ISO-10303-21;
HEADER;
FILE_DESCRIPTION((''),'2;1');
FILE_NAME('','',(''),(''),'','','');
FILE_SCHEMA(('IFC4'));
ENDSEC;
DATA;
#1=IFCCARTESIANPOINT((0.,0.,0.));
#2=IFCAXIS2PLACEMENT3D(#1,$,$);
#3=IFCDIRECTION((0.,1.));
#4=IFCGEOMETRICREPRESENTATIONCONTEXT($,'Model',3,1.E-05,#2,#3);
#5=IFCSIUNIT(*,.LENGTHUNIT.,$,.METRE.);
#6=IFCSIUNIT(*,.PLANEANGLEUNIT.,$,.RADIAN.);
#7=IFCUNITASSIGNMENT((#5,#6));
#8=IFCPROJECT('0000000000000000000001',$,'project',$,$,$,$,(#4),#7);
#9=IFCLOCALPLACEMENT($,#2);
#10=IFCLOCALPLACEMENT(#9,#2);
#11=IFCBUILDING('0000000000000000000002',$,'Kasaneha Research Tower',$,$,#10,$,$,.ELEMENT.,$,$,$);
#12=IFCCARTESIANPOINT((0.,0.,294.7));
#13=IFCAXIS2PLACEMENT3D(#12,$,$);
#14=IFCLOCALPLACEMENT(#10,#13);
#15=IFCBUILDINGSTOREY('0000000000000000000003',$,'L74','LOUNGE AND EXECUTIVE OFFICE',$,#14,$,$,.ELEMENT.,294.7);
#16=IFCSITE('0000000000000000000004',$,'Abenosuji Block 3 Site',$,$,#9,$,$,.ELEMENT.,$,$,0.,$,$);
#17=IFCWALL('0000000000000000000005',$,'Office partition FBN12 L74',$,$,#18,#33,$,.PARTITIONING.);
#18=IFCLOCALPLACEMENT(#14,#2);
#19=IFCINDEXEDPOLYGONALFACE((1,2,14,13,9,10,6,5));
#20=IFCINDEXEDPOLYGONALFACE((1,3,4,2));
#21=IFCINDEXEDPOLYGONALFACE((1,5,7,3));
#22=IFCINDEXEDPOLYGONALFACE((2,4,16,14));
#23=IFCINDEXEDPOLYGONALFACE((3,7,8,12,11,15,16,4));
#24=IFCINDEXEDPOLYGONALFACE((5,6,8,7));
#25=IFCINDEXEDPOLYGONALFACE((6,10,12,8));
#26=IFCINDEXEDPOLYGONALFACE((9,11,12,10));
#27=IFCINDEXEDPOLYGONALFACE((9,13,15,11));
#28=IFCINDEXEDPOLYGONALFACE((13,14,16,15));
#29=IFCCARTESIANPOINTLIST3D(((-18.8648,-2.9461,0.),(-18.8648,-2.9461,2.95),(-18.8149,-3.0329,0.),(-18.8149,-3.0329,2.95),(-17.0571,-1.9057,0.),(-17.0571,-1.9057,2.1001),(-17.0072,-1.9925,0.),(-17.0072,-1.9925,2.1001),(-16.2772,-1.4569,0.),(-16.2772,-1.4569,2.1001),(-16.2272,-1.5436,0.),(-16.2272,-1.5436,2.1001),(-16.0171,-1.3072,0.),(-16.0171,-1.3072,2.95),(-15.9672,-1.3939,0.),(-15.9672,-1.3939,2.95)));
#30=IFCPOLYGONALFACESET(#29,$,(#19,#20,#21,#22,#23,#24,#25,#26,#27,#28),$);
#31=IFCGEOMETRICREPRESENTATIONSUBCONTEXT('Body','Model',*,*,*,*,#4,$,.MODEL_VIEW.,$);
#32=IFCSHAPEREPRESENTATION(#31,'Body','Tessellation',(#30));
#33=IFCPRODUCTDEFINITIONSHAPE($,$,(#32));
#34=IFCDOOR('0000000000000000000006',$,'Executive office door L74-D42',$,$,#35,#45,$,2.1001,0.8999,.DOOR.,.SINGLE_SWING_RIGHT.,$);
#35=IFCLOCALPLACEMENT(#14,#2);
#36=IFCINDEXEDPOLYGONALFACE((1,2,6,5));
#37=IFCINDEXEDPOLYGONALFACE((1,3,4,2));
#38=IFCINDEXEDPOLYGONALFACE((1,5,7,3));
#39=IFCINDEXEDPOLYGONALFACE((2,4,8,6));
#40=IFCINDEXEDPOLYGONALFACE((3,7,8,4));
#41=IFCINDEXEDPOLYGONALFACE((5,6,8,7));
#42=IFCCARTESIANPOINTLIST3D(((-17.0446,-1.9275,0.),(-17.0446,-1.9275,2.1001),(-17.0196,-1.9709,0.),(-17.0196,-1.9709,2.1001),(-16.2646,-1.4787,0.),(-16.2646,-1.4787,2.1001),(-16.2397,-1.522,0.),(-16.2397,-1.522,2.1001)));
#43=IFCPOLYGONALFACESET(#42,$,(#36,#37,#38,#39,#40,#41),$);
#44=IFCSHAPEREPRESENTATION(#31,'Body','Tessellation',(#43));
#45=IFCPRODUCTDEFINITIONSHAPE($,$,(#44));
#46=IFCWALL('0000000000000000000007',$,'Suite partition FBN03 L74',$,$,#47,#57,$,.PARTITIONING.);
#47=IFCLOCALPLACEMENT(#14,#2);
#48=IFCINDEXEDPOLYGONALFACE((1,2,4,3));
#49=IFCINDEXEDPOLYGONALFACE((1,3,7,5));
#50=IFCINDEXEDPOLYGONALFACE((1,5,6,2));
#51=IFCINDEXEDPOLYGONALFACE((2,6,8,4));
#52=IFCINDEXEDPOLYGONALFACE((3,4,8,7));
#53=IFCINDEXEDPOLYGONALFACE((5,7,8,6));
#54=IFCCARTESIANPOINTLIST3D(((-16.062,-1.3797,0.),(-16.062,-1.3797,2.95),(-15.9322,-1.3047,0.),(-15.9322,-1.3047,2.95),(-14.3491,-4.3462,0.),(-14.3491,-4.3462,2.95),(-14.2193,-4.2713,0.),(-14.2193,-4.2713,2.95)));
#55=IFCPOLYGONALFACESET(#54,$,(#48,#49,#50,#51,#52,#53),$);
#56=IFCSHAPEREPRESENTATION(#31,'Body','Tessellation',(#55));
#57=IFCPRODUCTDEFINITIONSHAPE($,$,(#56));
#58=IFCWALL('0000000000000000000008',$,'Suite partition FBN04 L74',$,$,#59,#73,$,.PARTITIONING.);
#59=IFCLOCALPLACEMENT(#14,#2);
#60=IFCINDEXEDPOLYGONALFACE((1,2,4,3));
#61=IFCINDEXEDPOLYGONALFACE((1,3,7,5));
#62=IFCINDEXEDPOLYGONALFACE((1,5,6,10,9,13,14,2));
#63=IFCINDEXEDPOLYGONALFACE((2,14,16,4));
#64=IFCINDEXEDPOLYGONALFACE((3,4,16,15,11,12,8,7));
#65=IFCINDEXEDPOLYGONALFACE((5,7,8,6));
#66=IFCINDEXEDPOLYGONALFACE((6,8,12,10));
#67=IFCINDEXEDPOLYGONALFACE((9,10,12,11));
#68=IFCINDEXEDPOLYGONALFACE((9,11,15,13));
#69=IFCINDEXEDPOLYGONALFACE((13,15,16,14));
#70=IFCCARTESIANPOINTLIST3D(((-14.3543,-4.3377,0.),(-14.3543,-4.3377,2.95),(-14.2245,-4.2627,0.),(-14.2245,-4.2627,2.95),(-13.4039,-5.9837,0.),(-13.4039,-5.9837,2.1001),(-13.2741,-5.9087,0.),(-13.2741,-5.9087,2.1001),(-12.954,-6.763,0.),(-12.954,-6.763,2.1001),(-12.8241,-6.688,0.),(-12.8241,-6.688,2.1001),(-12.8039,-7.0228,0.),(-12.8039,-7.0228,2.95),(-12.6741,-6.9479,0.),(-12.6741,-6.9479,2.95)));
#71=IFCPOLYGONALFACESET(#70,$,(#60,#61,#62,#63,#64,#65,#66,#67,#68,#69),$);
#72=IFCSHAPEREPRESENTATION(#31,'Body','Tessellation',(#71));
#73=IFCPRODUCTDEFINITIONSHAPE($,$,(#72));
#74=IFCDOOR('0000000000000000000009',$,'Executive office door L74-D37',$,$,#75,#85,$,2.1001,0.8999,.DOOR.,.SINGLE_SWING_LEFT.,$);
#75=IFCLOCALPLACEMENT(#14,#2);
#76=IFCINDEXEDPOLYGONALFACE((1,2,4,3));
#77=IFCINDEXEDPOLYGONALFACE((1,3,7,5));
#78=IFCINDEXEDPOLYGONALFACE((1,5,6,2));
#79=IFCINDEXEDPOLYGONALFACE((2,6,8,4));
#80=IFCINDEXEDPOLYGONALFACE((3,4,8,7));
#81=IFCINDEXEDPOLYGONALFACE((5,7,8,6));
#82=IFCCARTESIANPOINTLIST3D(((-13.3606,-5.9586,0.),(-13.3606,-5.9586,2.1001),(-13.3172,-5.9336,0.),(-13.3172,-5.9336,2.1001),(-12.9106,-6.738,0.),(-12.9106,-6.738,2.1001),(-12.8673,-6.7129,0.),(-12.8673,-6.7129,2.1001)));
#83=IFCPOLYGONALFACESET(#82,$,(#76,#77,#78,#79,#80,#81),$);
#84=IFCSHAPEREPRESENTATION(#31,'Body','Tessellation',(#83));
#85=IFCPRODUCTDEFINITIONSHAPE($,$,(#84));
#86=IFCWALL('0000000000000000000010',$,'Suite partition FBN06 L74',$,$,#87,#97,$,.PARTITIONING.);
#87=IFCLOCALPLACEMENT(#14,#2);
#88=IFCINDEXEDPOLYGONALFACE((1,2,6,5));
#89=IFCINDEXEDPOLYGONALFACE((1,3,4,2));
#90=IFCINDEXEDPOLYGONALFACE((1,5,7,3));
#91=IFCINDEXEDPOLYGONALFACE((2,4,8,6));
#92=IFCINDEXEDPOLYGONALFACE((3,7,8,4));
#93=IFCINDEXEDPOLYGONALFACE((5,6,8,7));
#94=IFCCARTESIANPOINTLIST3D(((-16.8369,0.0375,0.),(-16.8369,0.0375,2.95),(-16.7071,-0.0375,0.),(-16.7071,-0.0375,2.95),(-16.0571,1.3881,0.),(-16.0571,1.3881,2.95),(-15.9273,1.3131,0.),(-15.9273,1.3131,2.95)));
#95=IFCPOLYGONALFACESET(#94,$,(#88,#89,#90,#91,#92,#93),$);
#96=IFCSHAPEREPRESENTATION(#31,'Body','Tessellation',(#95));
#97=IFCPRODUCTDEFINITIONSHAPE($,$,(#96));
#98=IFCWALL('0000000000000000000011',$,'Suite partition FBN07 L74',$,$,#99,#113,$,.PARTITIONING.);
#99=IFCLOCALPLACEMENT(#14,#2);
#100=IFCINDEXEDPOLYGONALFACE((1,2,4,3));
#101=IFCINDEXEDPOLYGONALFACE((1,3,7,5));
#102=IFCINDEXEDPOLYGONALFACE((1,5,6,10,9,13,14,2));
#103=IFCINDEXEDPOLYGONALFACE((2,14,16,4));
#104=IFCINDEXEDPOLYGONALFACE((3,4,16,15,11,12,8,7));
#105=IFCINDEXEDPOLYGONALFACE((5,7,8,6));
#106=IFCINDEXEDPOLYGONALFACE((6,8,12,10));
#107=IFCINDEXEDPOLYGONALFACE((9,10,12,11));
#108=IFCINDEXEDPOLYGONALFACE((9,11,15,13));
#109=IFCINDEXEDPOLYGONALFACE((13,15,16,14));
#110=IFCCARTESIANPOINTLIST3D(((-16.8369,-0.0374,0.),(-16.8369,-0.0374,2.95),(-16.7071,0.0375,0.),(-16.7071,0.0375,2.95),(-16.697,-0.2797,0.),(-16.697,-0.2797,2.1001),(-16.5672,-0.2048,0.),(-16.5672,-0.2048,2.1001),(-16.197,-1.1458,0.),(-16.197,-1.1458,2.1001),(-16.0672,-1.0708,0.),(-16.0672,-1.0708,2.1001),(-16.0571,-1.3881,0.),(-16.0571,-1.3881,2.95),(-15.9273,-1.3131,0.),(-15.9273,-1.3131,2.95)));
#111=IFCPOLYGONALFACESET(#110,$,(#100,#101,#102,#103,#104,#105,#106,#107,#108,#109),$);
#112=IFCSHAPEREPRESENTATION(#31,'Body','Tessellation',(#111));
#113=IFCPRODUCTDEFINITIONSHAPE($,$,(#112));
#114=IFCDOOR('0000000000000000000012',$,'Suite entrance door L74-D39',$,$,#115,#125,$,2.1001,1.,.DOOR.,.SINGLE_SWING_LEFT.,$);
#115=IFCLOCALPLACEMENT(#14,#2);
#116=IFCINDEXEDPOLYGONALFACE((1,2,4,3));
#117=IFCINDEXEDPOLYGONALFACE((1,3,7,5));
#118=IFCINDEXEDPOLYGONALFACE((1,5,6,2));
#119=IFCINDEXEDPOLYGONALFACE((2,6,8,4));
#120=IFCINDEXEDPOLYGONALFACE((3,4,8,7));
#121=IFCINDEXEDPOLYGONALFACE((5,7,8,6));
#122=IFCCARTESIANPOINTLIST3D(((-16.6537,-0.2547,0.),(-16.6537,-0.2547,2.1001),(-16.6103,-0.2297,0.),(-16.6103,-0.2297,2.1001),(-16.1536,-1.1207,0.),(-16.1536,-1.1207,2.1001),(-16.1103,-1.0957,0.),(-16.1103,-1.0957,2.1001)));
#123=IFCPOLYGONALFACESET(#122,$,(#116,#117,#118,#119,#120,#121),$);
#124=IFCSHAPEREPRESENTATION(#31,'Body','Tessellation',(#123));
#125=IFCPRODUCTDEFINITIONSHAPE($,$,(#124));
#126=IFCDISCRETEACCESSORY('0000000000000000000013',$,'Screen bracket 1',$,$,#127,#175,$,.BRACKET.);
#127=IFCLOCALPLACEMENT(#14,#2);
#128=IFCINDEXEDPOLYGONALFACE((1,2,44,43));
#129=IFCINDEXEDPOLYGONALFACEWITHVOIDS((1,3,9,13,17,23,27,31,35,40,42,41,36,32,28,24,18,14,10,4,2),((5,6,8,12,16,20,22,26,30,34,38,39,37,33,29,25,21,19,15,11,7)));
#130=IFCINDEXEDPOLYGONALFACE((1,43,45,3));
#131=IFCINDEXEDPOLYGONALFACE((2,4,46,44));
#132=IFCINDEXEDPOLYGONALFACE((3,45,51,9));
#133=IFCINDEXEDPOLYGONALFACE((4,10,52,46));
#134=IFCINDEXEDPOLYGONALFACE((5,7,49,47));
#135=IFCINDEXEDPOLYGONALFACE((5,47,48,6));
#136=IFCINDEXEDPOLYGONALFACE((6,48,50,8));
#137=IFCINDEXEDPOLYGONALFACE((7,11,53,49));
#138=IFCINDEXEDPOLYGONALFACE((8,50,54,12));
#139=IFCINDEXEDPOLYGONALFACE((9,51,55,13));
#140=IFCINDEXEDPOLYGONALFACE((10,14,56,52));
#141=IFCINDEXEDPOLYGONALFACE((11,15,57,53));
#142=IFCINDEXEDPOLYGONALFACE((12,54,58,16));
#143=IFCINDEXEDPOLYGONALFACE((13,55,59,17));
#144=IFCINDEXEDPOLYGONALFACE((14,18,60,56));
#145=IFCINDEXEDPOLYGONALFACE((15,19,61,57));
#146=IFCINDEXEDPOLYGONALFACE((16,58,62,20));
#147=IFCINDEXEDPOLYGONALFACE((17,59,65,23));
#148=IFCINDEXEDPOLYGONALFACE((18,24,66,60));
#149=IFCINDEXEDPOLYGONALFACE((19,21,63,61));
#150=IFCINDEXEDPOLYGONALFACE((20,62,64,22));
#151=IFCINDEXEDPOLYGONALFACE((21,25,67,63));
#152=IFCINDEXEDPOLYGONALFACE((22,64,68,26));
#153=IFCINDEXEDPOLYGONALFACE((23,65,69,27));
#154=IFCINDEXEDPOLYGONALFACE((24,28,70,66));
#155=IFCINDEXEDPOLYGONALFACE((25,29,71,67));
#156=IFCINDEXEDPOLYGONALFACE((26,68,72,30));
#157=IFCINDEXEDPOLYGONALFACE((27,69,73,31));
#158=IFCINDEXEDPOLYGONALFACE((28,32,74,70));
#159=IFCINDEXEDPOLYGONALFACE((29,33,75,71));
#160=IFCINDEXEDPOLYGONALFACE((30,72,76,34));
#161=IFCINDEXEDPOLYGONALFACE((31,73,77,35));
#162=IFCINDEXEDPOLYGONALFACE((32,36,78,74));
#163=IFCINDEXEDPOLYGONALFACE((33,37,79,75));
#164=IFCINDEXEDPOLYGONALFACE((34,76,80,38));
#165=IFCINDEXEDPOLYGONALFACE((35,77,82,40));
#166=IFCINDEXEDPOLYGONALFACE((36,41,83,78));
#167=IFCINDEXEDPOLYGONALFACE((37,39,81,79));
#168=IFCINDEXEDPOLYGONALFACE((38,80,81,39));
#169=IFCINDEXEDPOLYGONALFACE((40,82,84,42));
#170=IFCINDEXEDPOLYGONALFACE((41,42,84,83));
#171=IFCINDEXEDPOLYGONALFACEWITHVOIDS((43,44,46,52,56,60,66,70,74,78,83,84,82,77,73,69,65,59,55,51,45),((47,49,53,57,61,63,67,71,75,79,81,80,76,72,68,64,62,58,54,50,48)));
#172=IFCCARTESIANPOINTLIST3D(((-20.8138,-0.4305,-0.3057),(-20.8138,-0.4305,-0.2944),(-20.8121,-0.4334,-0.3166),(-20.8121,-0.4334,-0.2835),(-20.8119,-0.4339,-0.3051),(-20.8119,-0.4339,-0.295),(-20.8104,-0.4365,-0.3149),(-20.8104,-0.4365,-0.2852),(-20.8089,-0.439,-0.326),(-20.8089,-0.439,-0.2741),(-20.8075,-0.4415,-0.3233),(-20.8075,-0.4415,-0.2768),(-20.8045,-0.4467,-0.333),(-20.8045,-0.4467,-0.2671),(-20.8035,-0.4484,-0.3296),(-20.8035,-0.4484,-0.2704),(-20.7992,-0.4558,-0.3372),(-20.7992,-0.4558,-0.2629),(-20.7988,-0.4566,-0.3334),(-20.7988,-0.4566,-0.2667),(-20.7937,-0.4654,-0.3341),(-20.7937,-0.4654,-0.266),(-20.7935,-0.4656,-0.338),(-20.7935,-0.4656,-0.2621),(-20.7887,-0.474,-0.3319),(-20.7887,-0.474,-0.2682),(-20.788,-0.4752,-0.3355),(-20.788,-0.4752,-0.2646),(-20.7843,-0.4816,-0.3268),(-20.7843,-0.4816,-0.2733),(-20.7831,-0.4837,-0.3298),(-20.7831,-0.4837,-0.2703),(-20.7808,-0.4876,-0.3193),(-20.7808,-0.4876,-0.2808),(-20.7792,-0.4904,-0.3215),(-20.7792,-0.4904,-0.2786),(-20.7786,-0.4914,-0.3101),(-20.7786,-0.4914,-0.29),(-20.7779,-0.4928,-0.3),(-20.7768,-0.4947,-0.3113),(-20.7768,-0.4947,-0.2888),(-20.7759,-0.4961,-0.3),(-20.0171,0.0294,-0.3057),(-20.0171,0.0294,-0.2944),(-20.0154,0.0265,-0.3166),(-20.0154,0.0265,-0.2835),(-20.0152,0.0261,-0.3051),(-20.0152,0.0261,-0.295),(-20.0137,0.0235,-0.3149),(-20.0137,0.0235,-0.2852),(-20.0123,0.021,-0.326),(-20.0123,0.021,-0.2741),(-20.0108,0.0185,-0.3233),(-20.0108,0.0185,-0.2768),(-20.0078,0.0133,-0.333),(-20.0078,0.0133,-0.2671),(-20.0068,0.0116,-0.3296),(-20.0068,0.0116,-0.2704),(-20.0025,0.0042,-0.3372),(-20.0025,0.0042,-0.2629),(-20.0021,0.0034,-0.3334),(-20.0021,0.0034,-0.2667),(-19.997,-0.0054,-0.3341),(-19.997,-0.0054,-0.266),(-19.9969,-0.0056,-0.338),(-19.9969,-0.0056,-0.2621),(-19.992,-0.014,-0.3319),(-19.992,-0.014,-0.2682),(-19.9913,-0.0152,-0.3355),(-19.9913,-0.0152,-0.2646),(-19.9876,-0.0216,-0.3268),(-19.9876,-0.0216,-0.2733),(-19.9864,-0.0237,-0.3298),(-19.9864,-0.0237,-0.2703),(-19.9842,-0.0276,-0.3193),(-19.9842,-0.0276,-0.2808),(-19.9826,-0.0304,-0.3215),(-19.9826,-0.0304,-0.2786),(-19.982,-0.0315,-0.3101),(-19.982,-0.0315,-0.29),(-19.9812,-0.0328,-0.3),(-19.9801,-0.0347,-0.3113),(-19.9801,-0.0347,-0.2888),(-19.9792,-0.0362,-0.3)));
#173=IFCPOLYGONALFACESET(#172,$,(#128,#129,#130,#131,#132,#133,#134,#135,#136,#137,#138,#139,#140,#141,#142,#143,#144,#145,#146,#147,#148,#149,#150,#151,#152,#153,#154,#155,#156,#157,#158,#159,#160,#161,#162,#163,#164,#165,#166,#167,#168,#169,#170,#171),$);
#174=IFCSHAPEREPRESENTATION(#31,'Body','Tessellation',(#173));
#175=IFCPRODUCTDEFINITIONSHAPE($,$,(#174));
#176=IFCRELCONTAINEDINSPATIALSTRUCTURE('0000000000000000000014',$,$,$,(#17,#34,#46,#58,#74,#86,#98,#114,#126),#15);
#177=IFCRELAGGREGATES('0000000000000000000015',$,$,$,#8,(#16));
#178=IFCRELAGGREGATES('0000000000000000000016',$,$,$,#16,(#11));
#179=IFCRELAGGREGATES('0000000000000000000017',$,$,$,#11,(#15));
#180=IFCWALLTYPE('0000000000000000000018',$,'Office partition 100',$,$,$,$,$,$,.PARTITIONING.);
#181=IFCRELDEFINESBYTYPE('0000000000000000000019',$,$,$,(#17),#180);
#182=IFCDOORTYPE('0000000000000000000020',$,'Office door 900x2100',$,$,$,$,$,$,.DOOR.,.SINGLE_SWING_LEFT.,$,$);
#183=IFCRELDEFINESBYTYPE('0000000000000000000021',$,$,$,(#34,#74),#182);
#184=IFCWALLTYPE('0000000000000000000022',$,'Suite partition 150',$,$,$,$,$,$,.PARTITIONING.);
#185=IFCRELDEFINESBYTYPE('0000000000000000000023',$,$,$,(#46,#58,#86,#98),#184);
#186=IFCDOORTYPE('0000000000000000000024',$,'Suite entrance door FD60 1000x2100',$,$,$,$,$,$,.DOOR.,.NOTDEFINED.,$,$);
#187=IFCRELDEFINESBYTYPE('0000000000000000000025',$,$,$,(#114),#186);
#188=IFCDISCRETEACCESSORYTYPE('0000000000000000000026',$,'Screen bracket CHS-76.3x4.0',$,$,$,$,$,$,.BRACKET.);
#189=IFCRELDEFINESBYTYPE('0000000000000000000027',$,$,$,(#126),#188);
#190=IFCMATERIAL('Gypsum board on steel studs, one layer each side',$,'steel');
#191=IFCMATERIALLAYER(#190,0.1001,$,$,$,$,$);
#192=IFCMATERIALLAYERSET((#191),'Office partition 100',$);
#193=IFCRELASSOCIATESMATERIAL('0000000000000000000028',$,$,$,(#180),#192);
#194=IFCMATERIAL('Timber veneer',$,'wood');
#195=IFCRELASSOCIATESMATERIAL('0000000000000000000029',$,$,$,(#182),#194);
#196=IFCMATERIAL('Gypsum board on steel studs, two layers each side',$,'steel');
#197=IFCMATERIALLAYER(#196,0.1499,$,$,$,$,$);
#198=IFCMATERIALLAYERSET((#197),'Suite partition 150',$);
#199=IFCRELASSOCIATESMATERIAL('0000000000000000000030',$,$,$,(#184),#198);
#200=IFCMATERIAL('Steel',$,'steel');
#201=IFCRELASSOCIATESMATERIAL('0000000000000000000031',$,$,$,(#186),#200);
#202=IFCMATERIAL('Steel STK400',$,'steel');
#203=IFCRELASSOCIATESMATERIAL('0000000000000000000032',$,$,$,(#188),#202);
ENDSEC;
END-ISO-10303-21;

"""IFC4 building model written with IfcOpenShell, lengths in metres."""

from ifc_helpers import new_model, si_unit, direction, frame, frame_2d, origin, origin_2d, place, context, subcontext, project, spatial, rectangle, hollow_circle, extrude, material, layer, layer_set, material_profile, profile_set, type_object, element, fill, save


model = new_model("IFC4")

# Units and contexts
model_context = context("Model", 3, precision=1e-05, world=origin(), true_north=direction((0.0, 1.0)))
body_context = subcontext(model_context, "Body", "Model", "MODEL_VIEW")
ifc_project = project(units=[si_unit("LENGTHUNIT", "METRE"), si_unit("PLANEANGLEUNIT", "RADIAN")], contexts=[model_context])

# Site, building, storey
site_placement = place(None, origin())
site = spatial("IfcSite", under=ifc_project, at=site_placement, Name="Abenosuji Block 3 Site", CompositionType="ELEMENT", RefElevation=0.0)
building_placement = place(site_placement, origin())
building = spatial("IfcBuilding", under=site, at=building_placement, Name="Kasaneha Research Tower", CompositionType="ELEMENT")
storey_placement = place(building_placement, frame((0.0, 0.0, 294.7)))
storey = spatial("IfcBuildingStorey", under=building, at=storey_placement, Name="L74", Description="LOUNGE AND EXECUTIVE OFFICE", CompositionType="ELEMENT", Elevation=294.7)

# Shared definitions
ifc_material_1 = material(Name="Gypsum board on steel studs, one layer each side", Category="steel")
ifc_layer_1 = layer(ifc_material_1, 0.1001)
ifc_layer_set_1 = layer_set([ifc_layer_1], Name="Office partition 100")
wall_type_1 = type_object("IfcWallType", Name="Office partition 100", PredefinedType="PARTITIONING", material=ifc_layer_set_1)

# Wall, opening, door
wall_1_placement = place(storey_placement, frame((-18.8398, -2.9895, 0.0), z_axis=(0.0, 0.0, 1.0), x_axis=(0.866707, 0.498817, 0.0)))
wall_1 = element("IfcWall", 1, at=wall_1_placement, inside=storey, type_object=wall_type_1, Name="Office partition FBN12 L74", PredefinedType="PARTITIONING", context=body_context, shape_type="SweptSolid", body=[
    extrude(rectangle(XDim=3.2856, YDim=0.1001, at=frame_2d((1.6428, 0.0))), origin(), (0.0, 0.0, 1.0), 2.95),
])
opening_1_placement = place(wall_1_placement, frame((2.0857, 0.0, 0.0)))
opening_1 = element("IfcOpeningElement", 2, at=opening_1_placement, cuts=wall_1, PredefinedType="OPENING", context=body_context, shape_type="SweptSolid", body=[
    extrude(rectangle(XDim=0.8999, YDim=2.1001, at=frame_2d((0.45, 1.05))), frame((0.0, 0.0601, 0.0), z_axis=(0.0, -1.0, 0.0), x_axis=(1.0, 0.0, 0.0)), (0.0, 0.0, 1.0), 0.1201),
])
ifc_material_2 = material(Name="Timber veneer", Category="wood")
door_type_1 = type_object("IfcDoorType", Name="Office door 900x2100", OperationType="SINGLE_SWING_LEFT", PredefinedType="DOOR", material=ifc_material_2)
door_1_placement = place(opening_1_placement, origin())
door_1 = element("IfcDoor", 3, at=door_1_placement, inside=storey, type_object=door_type_1, Name="Executive office door L74-D42", OperationType="SINGLE_SWING_RIGHT", OverallHeight=2.1001, OverallWidth=0.8999, PredefinedType="DOOR", context=body_context, shape_type="SweptSolid", body=[
    extrude(rectangle(XDim=0.8999, YDim=2.1001, at=frame_2d((0.45, 1.05))), frame((0.0, 0.0249, 0.0), z_axis=(0.0, -1.0, 0.0), x_axis=(1.0, 0.0, 0.0)), (0.0, 0.0, 1.0), 0.05),
])
fill(opening_1, door_1)

# Wall
ifc_material_3 = material(Name="Gypsum board on steel studs, two layers each side", Category="steel")
ifc_layer_2 = layer(ifc_material_3, 0.1499)
ifc_layer_set_2 = layer_set([ifc_layer_2], Name="Suite partition 150")
wall_type_2 = type_object("IfcWallType", Name="Suite partition 150", PredefinedType="PARTITIONING", material=ifc_layer_set_2)
wall_2_placement = place(storey_placement, frame((-14.2842, -4.3088, 0.0), z_axis=(0.0, 0.0, 1.0), x_axis=(-0.500033, 0.866006, 0.0)))
element("IfcWall", 4, at=wall_2_placement, inside=storey, type_object=wall_type_2, Name="Suite partition FBN03 L74", PredefinedType="PARTITIONING", context=body_context, shape_type="SweptSolid", body=[
    extrude(rectangle(XDim=3.4255, YDim=0.1499, at=frame_2d((1.7129, 0.0))), origin(), (0.0, 0.0, 1.0), 2.95),
])

# Wall, opening, door
wall_3_placement = place(storey_placement, frame((-12.739, -6.9854, 0.0), z_axis=(0.0, 0.0, 1.0), x_axis=(-0.500018, 0.866015, 0.0)))
wall_3 = element("IfcWall", 5, at=wall_3_placement, inside=storey, type_object=wall_type_2, Name="Suite partition FBN04 L74", PredefinedType="PARTITIONING", context=body_context, shape_type="SweptSolid", body=[
    extrude(rectangle(XDim=3.1006, YDim=0.1499, at=frame_2d((1.5503, 0.0))), origin(), (0.0, 0.0, 1.0), 2.95),
])
opening_2_placement = place(wall_3_placement, frame((0.3, 0.0, 0.0)))
opening_2 = element("IfcOpeningElement", 6, at=opening_2_placement, cuts=wall_3, PredefinedType="OPENING", context=body_context, shape_type="SweptSolid", body=[
    extrude(rectangle(XDim=0.8999, YDim=2.1001, at=frame_2d((0.45, 1.05))), frame((0.0, 0.085, 0.0), z_axis=(0.0, -1.0, 0.0), x_axis=(1.0, 0.0, 0.0)), (0.0, 0.0, 1.0), 0.1699),
])
door_2_placement = place(opening_2_placement, origin())
door_2 = element("IfcDoor", 7, at=door_2_placement, inside=storey, type_object=door_type_1, Name="Executive office door L74-D37", OperationType="SINGLE_SWING_LEFT", OverallHeight=2.1001, OverallWidth=0.8999, PredefinedType="DOOR", context=body_context, shape_type="SweptSolid", body=[
    extrude(rectangle(XDim=0.8999, YDim=2.1001, at=frame_2d((0.45, 1.05))), frame((0.0, 0.0249, 0.0), z_axis=(0.0, -1.0, 0.0), x_axis=(1.0, 0.0, 0.0)), (0.0, 0.0, 1.0), 0.05),
])
fill(opening_2, door_2)

# Wall
wall_4_placement = place(storey_placement, frame((-16.772, 0.0, 0.0), z_axis=(0.0, 0.0, 1.0), x_axis=(0.500012, 0.866019, 0.0)))
element("IfcWall", 8, at=wall_4_placement, inside=storey, type_object=wall_type_2, Name="Suite partition FBN06 L74", PredefinedType="PARTITIONING", context=body_context, shape_type="SweptSolid", body=[
    extrude(rectangle(XDim=1.5596, YDim=0.1499, at=frame_2d((0.7798, 0.0))), origin(), (0.0, 0.0, 1.0), 2.95),
])

# Wall, opening, door
wall_5_placement = place(storey_placement, frame((-15.9922, -1.3506, 0.0), z_axis=(0.0, 0.0, 1.0), x_axis=(-0.500012, 0.866019, 0.0)))
wall_5 = element("IfcWall", 9, at=wall_5_placement, inside=storey, type_object=wall_type_2, Name="Suite partition FBN07 L74", PredefinedType="PARTITIONING", context=body_context, shape_type="SweptSolid", body=[
    extrude(rectangle(XDim=1.5596, YDim=0.1499, at=frame_2d((0.7798, 0.0))), origin(), (0.0, 0.0, 1.0), 2.95),
])
opening_3_placement = place(wall_5_placement, frame((0.2798, 0.0, 0.0)))
opening_3 = element("IfcOpeningElement", 10, at=opening_3_placement, cuts=wall_5, PredefinedType="OPENING", context=body_context, shape_type="SweptSolid", body=[
    extrude(rectangle(XDim=1.0, YDim=2.1001, at=frame_2d((0.5, 1.05))), frame((0.0, 0.085, 0.0), z_axis=(0.0, -1.0, 0.0), x_axis=(1.0, 0.0, 0.0)), (0.0, 0.0, 1.0), 0.1699),
])
ifc_material_4 = material(Name="Steel", Category="steel")
door_type_2 = type_object("IfcDoorType", Name="Suite entrance door FD60 1000x2100", OperationType="NOTDEFINED", PredefinedType="DOOR", material=ifc_material_4)
door_3_placement = place(opening_3_placement, origin())
door_3 = element("IfcDoor", 11, at=door_3_placement, inside=storey, type_object=door_type_2, Name="Suite entrance door L74-D39", OperationType="SINGLE_SWING_LEFT", OverallHeight=2.1001, OverallWidth=1.0, PredefinedType="DOOR", context=body_context, shape_type="SweptSolid", body=[
    extrude(rectangle(XDim=1.0, YDim=2.1001, at=frame_2d((0.5, 1.05))), frame((0.0, 0.0249, 0.0), z_axis=(0.0, -1.0, 0.0), x_axis=(1.0, 0.0, 0.0)), (0.0, 0.0, 1.0), 0.05),
])
fill(opening_3, door_3)

# Discrete accessory
ifc_material_5 = material(Name="Steel STK400", Category="steel")
ifc_material_profile_1 = material_profile(ifc_material_5, hollow_circle(Radius=0.0381, WallThickness=0.0039, at=origin_2d()), Name="CHS-76.3x4.0")
ifc_profile_set_1 = profile_set([ifc_material_profile_1], Name="Steel STK400")
discrete_accessory_type = type_object("IfcDiscreteAccessoryType", Name="Screen bracket CHS-76.3x4.0", PredefinedType="BRACKET", material=ifc_profile_set_1)
discrete_accessory_placement = place(storey_placement, frame((-19.9983, -0.0032, -0.3), z_axis=(-0.866013, -0.500021, 0.0), x_axis=(0.500021, -0.866013, 0.0)))
element("IfcDiscreteAccessory", 12, at=discrete_accessory_placement, inside=storey, type_object=discrete_accessory_type, Name="Screen bracket 1", PredefinedType="BRACKET", context=body_context, shape_type="SweptSolid", body=[
    extrude(hollow_circle(Radius=0.0381, WallThickness=0.0039, at=origin_2d()), origin(), (0.0, 0.0, 1.0), 0.9199),
])

save(model, "model.ifc")
